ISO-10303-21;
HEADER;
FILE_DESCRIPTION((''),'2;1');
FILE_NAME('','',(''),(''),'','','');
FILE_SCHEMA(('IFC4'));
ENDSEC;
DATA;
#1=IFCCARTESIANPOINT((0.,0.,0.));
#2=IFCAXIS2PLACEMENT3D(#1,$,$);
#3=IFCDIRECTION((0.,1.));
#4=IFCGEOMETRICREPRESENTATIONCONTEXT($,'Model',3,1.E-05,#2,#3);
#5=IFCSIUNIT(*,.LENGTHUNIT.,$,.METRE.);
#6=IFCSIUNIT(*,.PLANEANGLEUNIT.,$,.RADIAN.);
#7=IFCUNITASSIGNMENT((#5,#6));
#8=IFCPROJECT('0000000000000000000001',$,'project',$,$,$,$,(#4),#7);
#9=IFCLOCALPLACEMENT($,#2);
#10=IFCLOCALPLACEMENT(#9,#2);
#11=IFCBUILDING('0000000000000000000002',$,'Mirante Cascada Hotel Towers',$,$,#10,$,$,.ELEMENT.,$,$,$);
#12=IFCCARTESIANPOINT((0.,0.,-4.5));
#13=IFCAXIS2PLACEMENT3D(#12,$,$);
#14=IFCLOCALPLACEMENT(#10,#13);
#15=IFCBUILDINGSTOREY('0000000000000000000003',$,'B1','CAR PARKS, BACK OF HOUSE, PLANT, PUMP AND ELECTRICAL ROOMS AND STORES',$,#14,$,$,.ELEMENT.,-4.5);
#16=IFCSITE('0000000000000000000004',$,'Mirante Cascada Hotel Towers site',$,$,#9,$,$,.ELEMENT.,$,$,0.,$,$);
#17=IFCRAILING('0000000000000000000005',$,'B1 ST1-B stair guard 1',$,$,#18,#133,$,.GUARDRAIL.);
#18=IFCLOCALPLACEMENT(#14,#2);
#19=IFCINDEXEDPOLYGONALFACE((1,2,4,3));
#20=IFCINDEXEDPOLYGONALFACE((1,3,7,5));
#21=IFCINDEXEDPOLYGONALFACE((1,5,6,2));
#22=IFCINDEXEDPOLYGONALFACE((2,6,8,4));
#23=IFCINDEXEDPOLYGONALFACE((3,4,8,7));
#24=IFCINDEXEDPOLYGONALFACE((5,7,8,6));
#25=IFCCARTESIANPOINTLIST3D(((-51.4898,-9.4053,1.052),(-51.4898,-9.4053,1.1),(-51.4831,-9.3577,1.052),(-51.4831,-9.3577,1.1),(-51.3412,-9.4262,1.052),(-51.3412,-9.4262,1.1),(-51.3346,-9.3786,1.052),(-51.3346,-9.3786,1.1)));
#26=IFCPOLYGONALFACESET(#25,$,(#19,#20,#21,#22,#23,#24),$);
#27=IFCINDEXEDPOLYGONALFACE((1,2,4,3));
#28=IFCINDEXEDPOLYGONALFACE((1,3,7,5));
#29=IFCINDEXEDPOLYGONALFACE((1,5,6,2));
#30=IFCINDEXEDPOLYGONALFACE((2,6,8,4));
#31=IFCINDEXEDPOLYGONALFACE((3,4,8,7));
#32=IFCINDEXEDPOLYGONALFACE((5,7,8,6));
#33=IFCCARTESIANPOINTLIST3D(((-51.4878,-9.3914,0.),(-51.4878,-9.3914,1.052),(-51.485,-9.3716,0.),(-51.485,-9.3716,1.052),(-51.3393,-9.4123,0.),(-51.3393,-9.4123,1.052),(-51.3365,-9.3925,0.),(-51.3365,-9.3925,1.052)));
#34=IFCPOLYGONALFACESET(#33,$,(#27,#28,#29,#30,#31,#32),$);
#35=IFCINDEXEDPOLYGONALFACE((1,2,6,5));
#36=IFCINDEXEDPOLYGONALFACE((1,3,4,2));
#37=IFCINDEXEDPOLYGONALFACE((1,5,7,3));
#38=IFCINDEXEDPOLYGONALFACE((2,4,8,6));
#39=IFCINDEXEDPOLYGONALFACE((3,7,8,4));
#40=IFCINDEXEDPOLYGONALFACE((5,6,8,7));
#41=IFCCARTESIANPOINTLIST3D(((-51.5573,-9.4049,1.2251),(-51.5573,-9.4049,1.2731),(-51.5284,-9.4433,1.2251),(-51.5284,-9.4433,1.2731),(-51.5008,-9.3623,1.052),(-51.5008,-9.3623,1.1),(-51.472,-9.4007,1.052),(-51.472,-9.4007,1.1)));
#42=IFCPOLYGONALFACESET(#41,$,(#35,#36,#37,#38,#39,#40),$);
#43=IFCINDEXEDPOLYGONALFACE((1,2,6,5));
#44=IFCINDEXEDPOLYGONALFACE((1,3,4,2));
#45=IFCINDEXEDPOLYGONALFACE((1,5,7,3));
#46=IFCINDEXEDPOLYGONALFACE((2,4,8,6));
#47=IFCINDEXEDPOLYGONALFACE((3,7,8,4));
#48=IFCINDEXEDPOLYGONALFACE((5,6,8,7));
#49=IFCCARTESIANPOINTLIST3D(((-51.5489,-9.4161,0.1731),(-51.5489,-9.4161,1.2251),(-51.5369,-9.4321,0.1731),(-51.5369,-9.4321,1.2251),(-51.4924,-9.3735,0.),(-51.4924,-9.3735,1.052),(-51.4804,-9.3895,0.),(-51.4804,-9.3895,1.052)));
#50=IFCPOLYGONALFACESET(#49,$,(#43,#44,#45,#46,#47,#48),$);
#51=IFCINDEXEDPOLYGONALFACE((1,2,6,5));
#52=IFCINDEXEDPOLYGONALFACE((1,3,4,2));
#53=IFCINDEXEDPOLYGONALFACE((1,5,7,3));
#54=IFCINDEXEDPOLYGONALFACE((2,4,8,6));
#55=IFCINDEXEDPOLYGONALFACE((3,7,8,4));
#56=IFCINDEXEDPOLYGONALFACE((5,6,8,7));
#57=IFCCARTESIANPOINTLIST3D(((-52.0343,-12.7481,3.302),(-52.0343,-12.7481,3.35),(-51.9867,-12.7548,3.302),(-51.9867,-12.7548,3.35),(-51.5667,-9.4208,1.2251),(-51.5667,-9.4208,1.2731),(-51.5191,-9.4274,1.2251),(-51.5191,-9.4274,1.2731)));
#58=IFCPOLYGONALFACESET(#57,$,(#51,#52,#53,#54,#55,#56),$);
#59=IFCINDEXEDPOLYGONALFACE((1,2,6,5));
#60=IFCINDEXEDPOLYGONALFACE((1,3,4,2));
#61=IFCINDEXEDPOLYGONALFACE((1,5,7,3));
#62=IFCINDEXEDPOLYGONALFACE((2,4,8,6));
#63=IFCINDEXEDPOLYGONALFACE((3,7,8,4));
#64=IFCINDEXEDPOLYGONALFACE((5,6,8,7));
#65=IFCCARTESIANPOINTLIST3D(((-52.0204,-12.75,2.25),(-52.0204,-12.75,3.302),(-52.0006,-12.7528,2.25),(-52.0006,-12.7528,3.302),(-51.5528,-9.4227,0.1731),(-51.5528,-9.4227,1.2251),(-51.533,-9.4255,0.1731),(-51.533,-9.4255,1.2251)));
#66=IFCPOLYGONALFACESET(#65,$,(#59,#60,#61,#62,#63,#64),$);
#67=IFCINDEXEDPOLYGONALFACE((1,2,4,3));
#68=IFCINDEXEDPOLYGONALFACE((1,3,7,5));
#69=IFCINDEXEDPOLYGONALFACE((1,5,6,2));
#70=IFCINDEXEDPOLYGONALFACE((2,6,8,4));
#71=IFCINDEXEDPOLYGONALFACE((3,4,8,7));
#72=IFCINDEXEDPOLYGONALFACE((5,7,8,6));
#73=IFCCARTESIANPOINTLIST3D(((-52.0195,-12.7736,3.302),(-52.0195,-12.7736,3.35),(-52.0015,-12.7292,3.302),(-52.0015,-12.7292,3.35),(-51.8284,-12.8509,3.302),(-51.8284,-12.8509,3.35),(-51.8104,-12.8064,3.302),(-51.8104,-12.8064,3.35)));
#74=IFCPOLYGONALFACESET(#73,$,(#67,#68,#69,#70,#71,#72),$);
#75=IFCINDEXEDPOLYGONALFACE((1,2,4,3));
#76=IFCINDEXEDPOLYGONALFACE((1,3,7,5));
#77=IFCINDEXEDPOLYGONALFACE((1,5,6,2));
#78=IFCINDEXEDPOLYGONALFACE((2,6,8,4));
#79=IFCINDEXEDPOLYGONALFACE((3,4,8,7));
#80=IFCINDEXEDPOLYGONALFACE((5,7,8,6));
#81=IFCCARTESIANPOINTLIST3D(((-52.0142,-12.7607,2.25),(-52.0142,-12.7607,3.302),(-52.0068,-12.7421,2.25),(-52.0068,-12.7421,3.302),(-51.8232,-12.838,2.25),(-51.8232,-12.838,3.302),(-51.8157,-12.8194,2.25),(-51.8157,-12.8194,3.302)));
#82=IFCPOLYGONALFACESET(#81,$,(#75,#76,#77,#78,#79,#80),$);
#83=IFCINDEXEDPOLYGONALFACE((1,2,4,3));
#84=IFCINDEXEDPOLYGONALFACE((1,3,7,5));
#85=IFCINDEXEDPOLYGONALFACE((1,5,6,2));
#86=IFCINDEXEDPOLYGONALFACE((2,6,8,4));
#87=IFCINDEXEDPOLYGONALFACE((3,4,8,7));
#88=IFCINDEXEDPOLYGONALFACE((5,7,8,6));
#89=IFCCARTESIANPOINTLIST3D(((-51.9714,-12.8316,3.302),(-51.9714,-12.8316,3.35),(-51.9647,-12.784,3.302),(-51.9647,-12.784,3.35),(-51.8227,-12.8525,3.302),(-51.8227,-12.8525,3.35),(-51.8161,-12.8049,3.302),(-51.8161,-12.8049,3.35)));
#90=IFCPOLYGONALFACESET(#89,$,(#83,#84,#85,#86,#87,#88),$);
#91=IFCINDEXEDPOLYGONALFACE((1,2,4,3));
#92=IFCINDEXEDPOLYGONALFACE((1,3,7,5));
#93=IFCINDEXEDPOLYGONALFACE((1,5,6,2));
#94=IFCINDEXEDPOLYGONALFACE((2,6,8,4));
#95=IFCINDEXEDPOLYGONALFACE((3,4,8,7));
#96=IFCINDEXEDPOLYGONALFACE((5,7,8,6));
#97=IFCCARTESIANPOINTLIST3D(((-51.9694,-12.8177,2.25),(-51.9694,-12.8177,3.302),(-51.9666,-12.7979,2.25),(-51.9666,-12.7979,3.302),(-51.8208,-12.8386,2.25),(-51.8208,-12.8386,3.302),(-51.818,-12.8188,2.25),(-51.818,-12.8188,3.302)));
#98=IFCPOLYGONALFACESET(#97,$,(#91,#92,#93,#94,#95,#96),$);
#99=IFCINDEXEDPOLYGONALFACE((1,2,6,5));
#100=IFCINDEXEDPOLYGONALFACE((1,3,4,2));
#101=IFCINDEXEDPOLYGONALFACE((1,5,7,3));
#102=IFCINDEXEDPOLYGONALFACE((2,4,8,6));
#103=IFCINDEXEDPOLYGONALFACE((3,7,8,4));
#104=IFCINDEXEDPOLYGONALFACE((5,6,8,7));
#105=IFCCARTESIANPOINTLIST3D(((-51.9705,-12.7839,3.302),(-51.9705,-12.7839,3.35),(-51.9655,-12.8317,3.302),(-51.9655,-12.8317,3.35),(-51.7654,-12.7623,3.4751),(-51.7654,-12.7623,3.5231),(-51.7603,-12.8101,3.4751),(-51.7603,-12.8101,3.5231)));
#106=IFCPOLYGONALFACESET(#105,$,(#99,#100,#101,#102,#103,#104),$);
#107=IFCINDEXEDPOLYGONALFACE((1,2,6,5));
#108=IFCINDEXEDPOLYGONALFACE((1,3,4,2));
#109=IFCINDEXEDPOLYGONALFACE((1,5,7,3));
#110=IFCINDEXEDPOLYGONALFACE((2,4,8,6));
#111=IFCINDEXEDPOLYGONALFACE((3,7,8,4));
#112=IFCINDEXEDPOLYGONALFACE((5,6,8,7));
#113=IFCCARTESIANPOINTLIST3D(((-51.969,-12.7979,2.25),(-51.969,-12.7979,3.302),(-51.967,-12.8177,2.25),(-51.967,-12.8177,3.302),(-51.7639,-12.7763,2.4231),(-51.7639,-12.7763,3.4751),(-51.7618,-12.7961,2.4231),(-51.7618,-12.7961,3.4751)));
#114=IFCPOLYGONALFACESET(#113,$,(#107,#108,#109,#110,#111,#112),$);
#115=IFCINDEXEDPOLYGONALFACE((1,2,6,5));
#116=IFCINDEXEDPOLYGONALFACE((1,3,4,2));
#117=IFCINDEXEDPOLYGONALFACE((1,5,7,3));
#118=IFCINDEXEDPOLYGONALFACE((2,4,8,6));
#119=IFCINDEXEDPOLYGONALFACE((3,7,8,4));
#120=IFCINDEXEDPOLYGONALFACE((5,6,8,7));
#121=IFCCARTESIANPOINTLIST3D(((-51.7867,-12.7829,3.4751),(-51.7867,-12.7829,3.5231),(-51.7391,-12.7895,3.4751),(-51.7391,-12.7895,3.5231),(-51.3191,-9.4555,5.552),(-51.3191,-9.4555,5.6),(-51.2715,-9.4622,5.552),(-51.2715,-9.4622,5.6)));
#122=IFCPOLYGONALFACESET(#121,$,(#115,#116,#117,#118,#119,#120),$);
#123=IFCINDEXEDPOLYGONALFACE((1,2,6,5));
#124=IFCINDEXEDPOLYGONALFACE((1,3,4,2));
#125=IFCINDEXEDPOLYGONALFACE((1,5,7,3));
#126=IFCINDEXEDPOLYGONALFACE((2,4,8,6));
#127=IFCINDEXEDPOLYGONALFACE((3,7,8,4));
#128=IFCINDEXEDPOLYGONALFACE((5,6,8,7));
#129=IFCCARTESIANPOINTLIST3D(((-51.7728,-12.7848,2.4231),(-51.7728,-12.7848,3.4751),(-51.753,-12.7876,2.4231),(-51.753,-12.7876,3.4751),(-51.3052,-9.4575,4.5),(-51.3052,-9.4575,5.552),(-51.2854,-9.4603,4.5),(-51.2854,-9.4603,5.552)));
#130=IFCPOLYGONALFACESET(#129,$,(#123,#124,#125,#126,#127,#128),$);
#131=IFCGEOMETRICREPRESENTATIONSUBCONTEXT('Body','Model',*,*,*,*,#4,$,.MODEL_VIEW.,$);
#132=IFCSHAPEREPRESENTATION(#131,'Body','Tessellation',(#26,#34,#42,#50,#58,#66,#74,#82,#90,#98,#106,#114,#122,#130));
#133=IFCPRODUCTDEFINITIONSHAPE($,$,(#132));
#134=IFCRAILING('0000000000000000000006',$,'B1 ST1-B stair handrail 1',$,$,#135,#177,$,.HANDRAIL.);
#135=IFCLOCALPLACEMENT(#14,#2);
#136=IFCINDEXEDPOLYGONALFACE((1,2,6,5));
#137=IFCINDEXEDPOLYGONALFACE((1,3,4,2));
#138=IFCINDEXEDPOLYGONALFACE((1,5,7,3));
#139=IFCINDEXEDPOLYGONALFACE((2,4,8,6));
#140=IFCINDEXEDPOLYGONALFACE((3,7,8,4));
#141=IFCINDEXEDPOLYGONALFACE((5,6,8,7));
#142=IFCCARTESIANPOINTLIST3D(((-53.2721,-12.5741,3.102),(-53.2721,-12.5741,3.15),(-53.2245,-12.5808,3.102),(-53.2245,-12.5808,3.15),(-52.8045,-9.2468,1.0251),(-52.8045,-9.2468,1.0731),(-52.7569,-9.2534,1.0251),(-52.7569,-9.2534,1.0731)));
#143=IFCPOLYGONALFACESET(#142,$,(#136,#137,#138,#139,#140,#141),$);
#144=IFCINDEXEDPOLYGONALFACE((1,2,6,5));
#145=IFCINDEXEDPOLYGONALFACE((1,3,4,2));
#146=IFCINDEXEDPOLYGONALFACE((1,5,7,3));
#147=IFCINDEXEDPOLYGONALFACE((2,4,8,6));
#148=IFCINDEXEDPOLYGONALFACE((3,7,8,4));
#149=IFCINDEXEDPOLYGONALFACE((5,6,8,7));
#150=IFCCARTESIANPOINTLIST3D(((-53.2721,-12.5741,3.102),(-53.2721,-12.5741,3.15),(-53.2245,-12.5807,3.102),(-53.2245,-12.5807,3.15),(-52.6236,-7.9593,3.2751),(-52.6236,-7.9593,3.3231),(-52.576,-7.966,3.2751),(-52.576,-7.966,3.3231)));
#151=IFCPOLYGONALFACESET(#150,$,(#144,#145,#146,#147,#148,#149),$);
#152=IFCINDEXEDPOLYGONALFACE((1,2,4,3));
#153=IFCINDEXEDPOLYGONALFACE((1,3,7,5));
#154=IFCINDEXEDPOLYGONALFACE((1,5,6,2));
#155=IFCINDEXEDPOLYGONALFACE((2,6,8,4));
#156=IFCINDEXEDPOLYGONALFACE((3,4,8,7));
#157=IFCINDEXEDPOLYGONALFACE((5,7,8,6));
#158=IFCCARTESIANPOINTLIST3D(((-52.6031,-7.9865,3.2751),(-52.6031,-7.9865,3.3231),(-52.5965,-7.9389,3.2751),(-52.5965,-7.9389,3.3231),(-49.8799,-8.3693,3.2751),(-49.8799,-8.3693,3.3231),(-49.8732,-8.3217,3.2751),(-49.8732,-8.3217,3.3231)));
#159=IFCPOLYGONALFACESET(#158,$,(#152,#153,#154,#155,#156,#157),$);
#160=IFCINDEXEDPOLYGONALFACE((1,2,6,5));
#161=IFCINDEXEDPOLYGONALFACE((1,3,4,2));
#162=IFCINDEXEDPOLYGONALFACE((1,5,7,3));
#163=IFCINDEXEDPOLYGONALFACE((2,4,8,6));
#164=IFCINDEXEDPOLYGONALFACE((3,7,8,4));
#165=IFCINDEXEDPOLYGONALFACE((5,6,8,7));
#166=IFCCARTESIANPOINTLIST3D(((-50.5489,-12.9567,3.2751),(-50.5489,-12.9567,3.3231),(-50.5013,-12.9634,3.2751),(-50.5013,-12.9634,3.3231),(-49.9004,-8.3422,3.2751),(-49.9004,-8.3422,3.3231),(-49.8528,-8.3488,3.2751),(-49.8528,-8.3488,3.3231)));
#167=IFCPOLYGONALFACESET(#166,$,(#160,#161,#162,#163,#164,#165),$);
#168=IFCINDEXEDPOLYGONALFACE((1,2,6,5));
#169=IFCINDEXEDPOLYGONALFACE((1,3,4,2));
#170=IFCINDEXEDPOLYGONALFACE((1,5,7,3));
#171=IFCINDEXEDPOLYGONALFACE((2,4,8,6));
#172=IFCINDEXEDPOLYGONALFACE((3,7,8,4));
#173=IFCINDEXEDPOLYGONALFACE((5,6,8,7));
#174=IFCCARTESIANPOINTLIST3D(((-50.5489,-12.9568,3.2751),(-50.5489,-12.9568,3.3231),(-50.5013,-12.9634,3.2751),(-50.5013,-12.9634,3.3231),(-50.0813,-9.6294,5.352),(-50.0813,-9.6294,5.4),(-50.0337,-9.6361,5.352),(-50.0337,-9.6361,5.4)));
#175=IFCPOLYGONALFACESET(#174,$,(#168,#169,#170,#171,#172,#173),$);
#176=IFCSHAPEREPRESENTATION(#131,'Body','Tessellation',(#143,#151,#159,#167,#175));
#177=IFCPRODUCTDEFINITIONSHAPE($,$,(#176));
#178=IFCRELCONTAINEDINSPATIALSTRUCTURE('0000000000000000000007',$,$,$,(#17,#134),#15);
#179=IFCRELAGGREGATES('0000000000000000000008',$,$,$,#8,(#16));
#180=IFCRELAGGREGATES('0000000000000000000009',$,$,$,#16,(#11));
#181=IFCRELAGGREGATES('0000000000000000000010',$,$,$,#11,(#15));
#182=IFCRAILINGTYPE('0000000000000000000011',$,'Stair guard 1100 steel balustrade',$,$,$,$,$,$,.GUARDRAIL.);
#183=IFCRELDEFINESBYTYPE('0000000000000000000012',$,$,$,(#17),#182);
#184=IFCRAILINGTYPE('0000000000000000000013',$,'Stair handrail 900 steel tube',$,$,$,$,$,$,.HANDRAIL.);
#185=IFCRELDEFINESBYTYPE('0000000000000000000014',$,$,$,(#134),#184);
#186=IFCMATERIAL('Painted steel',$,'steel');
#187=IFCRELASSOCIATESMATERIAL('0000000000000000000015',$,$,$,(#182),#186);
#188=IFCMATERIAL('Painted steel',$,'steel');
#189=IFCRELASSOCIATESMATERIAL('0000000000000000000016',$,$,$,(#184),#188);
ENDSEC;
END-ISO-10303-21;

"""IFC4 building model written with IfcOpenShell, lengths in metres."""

from ifc_helpers import new_model, si_unit, direction, frame, origin, origin_2d, place, context, subcontext, project, spatial, rectangle, extrude, material, type_object, element, save


model = new_model("IFC4")

# Units and contexts
model_context = context("Model", 3, precision=1e-05, world=origin(), true_north=direction((0.0, 1.0)))
body_context = subcontext(model_context, "Body", "Model", "MODEL_VIEW")
ifc_project = project(units=[si_unit("LENGTHUNIT", "METRE"), si_unit("PLANEANGLEUNIT", "RADIAN")], contexts=[model_context])

# Site, building, storey
site_placement = place(None, origin())
site = spatial("IfcSite", under=ifc_project, at=site_placement, Name="Mirante Cascada Hotel Towers site", CompositionType="ELEMENT", RefElevation=0.0)
building_placement = place(site_placement, origin())
building = spatial("IfcBuilding", under=site, at=building_placement, Name="Mirante Cascada Hotel Towers", CompositionType="ELEMENT")
storey_placement = place(building_placement, frame((0.0, 0.0, -4.5)))
storey = spatial("IfcBuildingStorey", under=building, at=storey_placement, Name="B1", Description="CAR PARKS, BACK OF HOUSE, PLANT, PUMP AND ELECTRICAL ROOMS AND STORES", CompositionType="ELEMENT", Elevation=-4.5)

# Railings
ifc_material_1 = material(Name="Painted steel", Category="steel")
railing_type_1 = type_object("IfcRailingType", Name="Stair guard 1100 steel balustrade", PredefinedType="GUARDRAIL", material=ifc_material_1)
railing_1_placement = place(storey_placement, frame((-51.3379, -9.4024, 0.0)))
element("IfcRailing", 1, at=railing_1_placement, inside=storey, type_object=railing_type_1, Name="B1 ST1-B stair guard 1", PredefinedType="GUARDRAIL", context=body_context, shape_type="SweptSolid", body=[
    extrude(rectangle(XDim=0.048, YDim=0.048, at=origin_2d()), frame((0.0, 0.0, 1.076), z_axis=(-0.990241, 0.139367, 0.0), x_axis=(-0.139367, -0.990241, 0.0)), (0.0, 0.0, 1.0), 0.15),
    extrude(rectangle(XDim=0.02, YDim=1.052, at=origin_2d()), frame((0.0, 0.0, 0.526), z_axis=(-0.990241, 0.139367, 0.0), x_axis=(-0.139367, -0.990241, 0.0)), (0.0, 0.0, 1.0), 0.15),
    extrude(rectangle(XDim=0.048, YDim=0.048, at=origin_2d()), frame((-0.1485, 0.0209, 1.076), z_axis=(-0.798471, -0.602033, 0.0), x_axis=(0.602033, -0.798471, 0.0)), (0.0, 0.925647, 0.378388), 0.187),
    extrude(rectangle(XDim=0.02, YDim=1.052, at=origin_2d()), frame((-0.1485, 0.0209, 0.526), z_axis=(-0.798471, -0.602033, 0.0), x_axis=(0.602033, -0.798471, 0.0)), (0.0, 0.925647, 0.378388), 0.187),
    extrude(rectangle(XDim=0.048, YDim=0.048, at=origin_2d()), frame((-0.205, -0.0217, 1.2491), z_axis=(-0.139167, -0.990269, 0.0), x_axis=(0.990269, -0.139167, 0.0)), (0.0, 0.525787, 0.850616), 3.9501),
    extrude(rectangle(XDim=0.02, YDim=1.052, at=origin_2d()), frame((-0.205, -0.0217, 0.6991), z_axis=(-0.139167, -0.990269, 0.0), x_axis=(0.990269, -0.139167, 0.0)), (0.0, 0.525787, 0.850616), 3.9501),
    extrude(rectangle(XDim=0.048, YDim=0.048, at=origin_2d()), frame((-0.6726, -3.349, 3.326), z_axis=(0.927031, -0.374984, 0.0), x_axis=(0.374984, 0.927031, 0.0)), (0.0, 0.0, 1.0), 0.2061),
    extrude(rectangle(XDim=0.02, YDim=1.052, at=origin_2d()), frame((-0.6726, -3.349, 2.776), z_axis=(0.927031, -0.374984, 0.0), x_axis=(0.374984, 0.927031, 0.0)), (0.0, 0.0, 1.0), 0.2061),
    extrude(rectangle(XDim=0.048, YDim=0.048, at=origin_2d()), frame((-0.4815, -3.4263, 3.326), z_axis=(-0.990254, 0.139275, 0.0), x_axis=(-0.139275, -0.990254, 0.0)), (0.0, 0.0, 1.0), 0.1501),
    extrude(rectangle(XDim=0.02, YDim=1.052, at=origin_2d()), frame((-0.4815, -3.4263, 2.776), z_axis=(-0.990254, 0.139275, 0.0), x_axis=(-0.139275, -0.990254, 0.0)), (0.0, 0.0, 1.0), 0.1501),
    extrude(rectangle(XDim=0.048, YDim=0.048, at=origin_2d()), frame((-0.6301, -3.4054, 3.326), z_axis=(0.9945, 0.104735, 0.0), x_axis=(-0.104735, 0.9945, 0.0)), (0.0, 0.642894, 0.765955), 0.2693),
    extrude(rectangle(XDim=0.02, YDim=1.052, at=origin_2d()), frame((-0.6301, -3.4054, 2.776), z_axis=(0.9945, 0.104735, 0.0), x_axis=(-0.104735, 0.9945, 0.0)), (0.0, 0.642894, 0.765955), 0.2693),
    extrude(rectangle(XDim=0.048, YDim=0.048, at=origin_2d()), frame((-0.425, -3.3838, 3.4991), z_axis=(0.139167, 0.990269, 0.0), x_axis=(-0.990269, 0.139167, 0.0)), (0.0, 0.525787, 0.850616), 3.9501),
    extrude(rectangle(XDim=0.02, YDim=1.052, at=origin_2d()), frame((-0.425, -3.3838, 2.9491), z_axis=(0.139167, 0.990269, 0.0), x_axis=(-0.990269, 0.139167, 0.0)), (0.0, 0.525787, 0.850616), 3.9501),
])
ifc_material_2 = material(Name="Painted steel", Category="steel")
railing_type_2 = type_object("IfcRailingType", Name="Stair handrail 900 steel tube", PredefinedType="HANDRAIL", material=ifc_material_2)
railing_2_placement = place(storey_placement, frame((-52.7807, -9.2501, 0.1731)))
element("IfcRailing", 2, at=railing_2_placement, inside=storey, type_object=railing_type_2, Name="B1 ST1-B stair handrail 1", PredefinedType="HANDRAIL", context=body_context, shape_type="SweptSolid", body=[
    extrude(rectangle(XDim=0.048, YDim=0.048, at=origin_2d()), frame((0.0, 0.0, 0.876), z_axis=(-0.139167, -0.990269, 0.0), x_axis=(0.990269, -0.139167, 0.0)), (0.0, 0.525787, 0.850616), 3.9501),
    extrude(rectangle(XDim=0.048, YDim=0.048, at=origin_2d()), frame((-0.4676, -3.3273, 2.9529), z_axis=(0.139162, 0.99027, 0.0), x_axis=(-0.99027, 0.139162, 0.0)), (0.0, 0.03712, 0.999311), 4.6633),
    extrude(rectangle(XDim=0.048, YDim=0.048, at=origin_2d()), frame((0.1809, 1.2874, 3.126), z_axis=(0.990264, -0.139201, 0.0), x_axis=(0.139201, 0.990264, 0.0)), (0.0, 0.0, 1.0), 2.75),
    extrude(rectangle(XDim=0.048, YDim=0.048, at=origin_2d()), frame((2.9041, 0.9046, 3.126), z_axis=(-0.139165, -0.990269, 0.0), x_axis=(0.990269, -0.139165, 0.0)), (0.0, 0.0, 1.0), 4.6599),
    extrude(rectangle(XDim=0.048, YDim=0.048, at=origin_2d()), frame((2.2556, -3.71, 3.126), z_axis=(0.139167, 0.990269, 0.0), x_axis=(-0.990269, 0.139167, 0.0)), (0.0, 0.525787, 0.850616), 3.9501),
])

save(model, "model.ifc")
